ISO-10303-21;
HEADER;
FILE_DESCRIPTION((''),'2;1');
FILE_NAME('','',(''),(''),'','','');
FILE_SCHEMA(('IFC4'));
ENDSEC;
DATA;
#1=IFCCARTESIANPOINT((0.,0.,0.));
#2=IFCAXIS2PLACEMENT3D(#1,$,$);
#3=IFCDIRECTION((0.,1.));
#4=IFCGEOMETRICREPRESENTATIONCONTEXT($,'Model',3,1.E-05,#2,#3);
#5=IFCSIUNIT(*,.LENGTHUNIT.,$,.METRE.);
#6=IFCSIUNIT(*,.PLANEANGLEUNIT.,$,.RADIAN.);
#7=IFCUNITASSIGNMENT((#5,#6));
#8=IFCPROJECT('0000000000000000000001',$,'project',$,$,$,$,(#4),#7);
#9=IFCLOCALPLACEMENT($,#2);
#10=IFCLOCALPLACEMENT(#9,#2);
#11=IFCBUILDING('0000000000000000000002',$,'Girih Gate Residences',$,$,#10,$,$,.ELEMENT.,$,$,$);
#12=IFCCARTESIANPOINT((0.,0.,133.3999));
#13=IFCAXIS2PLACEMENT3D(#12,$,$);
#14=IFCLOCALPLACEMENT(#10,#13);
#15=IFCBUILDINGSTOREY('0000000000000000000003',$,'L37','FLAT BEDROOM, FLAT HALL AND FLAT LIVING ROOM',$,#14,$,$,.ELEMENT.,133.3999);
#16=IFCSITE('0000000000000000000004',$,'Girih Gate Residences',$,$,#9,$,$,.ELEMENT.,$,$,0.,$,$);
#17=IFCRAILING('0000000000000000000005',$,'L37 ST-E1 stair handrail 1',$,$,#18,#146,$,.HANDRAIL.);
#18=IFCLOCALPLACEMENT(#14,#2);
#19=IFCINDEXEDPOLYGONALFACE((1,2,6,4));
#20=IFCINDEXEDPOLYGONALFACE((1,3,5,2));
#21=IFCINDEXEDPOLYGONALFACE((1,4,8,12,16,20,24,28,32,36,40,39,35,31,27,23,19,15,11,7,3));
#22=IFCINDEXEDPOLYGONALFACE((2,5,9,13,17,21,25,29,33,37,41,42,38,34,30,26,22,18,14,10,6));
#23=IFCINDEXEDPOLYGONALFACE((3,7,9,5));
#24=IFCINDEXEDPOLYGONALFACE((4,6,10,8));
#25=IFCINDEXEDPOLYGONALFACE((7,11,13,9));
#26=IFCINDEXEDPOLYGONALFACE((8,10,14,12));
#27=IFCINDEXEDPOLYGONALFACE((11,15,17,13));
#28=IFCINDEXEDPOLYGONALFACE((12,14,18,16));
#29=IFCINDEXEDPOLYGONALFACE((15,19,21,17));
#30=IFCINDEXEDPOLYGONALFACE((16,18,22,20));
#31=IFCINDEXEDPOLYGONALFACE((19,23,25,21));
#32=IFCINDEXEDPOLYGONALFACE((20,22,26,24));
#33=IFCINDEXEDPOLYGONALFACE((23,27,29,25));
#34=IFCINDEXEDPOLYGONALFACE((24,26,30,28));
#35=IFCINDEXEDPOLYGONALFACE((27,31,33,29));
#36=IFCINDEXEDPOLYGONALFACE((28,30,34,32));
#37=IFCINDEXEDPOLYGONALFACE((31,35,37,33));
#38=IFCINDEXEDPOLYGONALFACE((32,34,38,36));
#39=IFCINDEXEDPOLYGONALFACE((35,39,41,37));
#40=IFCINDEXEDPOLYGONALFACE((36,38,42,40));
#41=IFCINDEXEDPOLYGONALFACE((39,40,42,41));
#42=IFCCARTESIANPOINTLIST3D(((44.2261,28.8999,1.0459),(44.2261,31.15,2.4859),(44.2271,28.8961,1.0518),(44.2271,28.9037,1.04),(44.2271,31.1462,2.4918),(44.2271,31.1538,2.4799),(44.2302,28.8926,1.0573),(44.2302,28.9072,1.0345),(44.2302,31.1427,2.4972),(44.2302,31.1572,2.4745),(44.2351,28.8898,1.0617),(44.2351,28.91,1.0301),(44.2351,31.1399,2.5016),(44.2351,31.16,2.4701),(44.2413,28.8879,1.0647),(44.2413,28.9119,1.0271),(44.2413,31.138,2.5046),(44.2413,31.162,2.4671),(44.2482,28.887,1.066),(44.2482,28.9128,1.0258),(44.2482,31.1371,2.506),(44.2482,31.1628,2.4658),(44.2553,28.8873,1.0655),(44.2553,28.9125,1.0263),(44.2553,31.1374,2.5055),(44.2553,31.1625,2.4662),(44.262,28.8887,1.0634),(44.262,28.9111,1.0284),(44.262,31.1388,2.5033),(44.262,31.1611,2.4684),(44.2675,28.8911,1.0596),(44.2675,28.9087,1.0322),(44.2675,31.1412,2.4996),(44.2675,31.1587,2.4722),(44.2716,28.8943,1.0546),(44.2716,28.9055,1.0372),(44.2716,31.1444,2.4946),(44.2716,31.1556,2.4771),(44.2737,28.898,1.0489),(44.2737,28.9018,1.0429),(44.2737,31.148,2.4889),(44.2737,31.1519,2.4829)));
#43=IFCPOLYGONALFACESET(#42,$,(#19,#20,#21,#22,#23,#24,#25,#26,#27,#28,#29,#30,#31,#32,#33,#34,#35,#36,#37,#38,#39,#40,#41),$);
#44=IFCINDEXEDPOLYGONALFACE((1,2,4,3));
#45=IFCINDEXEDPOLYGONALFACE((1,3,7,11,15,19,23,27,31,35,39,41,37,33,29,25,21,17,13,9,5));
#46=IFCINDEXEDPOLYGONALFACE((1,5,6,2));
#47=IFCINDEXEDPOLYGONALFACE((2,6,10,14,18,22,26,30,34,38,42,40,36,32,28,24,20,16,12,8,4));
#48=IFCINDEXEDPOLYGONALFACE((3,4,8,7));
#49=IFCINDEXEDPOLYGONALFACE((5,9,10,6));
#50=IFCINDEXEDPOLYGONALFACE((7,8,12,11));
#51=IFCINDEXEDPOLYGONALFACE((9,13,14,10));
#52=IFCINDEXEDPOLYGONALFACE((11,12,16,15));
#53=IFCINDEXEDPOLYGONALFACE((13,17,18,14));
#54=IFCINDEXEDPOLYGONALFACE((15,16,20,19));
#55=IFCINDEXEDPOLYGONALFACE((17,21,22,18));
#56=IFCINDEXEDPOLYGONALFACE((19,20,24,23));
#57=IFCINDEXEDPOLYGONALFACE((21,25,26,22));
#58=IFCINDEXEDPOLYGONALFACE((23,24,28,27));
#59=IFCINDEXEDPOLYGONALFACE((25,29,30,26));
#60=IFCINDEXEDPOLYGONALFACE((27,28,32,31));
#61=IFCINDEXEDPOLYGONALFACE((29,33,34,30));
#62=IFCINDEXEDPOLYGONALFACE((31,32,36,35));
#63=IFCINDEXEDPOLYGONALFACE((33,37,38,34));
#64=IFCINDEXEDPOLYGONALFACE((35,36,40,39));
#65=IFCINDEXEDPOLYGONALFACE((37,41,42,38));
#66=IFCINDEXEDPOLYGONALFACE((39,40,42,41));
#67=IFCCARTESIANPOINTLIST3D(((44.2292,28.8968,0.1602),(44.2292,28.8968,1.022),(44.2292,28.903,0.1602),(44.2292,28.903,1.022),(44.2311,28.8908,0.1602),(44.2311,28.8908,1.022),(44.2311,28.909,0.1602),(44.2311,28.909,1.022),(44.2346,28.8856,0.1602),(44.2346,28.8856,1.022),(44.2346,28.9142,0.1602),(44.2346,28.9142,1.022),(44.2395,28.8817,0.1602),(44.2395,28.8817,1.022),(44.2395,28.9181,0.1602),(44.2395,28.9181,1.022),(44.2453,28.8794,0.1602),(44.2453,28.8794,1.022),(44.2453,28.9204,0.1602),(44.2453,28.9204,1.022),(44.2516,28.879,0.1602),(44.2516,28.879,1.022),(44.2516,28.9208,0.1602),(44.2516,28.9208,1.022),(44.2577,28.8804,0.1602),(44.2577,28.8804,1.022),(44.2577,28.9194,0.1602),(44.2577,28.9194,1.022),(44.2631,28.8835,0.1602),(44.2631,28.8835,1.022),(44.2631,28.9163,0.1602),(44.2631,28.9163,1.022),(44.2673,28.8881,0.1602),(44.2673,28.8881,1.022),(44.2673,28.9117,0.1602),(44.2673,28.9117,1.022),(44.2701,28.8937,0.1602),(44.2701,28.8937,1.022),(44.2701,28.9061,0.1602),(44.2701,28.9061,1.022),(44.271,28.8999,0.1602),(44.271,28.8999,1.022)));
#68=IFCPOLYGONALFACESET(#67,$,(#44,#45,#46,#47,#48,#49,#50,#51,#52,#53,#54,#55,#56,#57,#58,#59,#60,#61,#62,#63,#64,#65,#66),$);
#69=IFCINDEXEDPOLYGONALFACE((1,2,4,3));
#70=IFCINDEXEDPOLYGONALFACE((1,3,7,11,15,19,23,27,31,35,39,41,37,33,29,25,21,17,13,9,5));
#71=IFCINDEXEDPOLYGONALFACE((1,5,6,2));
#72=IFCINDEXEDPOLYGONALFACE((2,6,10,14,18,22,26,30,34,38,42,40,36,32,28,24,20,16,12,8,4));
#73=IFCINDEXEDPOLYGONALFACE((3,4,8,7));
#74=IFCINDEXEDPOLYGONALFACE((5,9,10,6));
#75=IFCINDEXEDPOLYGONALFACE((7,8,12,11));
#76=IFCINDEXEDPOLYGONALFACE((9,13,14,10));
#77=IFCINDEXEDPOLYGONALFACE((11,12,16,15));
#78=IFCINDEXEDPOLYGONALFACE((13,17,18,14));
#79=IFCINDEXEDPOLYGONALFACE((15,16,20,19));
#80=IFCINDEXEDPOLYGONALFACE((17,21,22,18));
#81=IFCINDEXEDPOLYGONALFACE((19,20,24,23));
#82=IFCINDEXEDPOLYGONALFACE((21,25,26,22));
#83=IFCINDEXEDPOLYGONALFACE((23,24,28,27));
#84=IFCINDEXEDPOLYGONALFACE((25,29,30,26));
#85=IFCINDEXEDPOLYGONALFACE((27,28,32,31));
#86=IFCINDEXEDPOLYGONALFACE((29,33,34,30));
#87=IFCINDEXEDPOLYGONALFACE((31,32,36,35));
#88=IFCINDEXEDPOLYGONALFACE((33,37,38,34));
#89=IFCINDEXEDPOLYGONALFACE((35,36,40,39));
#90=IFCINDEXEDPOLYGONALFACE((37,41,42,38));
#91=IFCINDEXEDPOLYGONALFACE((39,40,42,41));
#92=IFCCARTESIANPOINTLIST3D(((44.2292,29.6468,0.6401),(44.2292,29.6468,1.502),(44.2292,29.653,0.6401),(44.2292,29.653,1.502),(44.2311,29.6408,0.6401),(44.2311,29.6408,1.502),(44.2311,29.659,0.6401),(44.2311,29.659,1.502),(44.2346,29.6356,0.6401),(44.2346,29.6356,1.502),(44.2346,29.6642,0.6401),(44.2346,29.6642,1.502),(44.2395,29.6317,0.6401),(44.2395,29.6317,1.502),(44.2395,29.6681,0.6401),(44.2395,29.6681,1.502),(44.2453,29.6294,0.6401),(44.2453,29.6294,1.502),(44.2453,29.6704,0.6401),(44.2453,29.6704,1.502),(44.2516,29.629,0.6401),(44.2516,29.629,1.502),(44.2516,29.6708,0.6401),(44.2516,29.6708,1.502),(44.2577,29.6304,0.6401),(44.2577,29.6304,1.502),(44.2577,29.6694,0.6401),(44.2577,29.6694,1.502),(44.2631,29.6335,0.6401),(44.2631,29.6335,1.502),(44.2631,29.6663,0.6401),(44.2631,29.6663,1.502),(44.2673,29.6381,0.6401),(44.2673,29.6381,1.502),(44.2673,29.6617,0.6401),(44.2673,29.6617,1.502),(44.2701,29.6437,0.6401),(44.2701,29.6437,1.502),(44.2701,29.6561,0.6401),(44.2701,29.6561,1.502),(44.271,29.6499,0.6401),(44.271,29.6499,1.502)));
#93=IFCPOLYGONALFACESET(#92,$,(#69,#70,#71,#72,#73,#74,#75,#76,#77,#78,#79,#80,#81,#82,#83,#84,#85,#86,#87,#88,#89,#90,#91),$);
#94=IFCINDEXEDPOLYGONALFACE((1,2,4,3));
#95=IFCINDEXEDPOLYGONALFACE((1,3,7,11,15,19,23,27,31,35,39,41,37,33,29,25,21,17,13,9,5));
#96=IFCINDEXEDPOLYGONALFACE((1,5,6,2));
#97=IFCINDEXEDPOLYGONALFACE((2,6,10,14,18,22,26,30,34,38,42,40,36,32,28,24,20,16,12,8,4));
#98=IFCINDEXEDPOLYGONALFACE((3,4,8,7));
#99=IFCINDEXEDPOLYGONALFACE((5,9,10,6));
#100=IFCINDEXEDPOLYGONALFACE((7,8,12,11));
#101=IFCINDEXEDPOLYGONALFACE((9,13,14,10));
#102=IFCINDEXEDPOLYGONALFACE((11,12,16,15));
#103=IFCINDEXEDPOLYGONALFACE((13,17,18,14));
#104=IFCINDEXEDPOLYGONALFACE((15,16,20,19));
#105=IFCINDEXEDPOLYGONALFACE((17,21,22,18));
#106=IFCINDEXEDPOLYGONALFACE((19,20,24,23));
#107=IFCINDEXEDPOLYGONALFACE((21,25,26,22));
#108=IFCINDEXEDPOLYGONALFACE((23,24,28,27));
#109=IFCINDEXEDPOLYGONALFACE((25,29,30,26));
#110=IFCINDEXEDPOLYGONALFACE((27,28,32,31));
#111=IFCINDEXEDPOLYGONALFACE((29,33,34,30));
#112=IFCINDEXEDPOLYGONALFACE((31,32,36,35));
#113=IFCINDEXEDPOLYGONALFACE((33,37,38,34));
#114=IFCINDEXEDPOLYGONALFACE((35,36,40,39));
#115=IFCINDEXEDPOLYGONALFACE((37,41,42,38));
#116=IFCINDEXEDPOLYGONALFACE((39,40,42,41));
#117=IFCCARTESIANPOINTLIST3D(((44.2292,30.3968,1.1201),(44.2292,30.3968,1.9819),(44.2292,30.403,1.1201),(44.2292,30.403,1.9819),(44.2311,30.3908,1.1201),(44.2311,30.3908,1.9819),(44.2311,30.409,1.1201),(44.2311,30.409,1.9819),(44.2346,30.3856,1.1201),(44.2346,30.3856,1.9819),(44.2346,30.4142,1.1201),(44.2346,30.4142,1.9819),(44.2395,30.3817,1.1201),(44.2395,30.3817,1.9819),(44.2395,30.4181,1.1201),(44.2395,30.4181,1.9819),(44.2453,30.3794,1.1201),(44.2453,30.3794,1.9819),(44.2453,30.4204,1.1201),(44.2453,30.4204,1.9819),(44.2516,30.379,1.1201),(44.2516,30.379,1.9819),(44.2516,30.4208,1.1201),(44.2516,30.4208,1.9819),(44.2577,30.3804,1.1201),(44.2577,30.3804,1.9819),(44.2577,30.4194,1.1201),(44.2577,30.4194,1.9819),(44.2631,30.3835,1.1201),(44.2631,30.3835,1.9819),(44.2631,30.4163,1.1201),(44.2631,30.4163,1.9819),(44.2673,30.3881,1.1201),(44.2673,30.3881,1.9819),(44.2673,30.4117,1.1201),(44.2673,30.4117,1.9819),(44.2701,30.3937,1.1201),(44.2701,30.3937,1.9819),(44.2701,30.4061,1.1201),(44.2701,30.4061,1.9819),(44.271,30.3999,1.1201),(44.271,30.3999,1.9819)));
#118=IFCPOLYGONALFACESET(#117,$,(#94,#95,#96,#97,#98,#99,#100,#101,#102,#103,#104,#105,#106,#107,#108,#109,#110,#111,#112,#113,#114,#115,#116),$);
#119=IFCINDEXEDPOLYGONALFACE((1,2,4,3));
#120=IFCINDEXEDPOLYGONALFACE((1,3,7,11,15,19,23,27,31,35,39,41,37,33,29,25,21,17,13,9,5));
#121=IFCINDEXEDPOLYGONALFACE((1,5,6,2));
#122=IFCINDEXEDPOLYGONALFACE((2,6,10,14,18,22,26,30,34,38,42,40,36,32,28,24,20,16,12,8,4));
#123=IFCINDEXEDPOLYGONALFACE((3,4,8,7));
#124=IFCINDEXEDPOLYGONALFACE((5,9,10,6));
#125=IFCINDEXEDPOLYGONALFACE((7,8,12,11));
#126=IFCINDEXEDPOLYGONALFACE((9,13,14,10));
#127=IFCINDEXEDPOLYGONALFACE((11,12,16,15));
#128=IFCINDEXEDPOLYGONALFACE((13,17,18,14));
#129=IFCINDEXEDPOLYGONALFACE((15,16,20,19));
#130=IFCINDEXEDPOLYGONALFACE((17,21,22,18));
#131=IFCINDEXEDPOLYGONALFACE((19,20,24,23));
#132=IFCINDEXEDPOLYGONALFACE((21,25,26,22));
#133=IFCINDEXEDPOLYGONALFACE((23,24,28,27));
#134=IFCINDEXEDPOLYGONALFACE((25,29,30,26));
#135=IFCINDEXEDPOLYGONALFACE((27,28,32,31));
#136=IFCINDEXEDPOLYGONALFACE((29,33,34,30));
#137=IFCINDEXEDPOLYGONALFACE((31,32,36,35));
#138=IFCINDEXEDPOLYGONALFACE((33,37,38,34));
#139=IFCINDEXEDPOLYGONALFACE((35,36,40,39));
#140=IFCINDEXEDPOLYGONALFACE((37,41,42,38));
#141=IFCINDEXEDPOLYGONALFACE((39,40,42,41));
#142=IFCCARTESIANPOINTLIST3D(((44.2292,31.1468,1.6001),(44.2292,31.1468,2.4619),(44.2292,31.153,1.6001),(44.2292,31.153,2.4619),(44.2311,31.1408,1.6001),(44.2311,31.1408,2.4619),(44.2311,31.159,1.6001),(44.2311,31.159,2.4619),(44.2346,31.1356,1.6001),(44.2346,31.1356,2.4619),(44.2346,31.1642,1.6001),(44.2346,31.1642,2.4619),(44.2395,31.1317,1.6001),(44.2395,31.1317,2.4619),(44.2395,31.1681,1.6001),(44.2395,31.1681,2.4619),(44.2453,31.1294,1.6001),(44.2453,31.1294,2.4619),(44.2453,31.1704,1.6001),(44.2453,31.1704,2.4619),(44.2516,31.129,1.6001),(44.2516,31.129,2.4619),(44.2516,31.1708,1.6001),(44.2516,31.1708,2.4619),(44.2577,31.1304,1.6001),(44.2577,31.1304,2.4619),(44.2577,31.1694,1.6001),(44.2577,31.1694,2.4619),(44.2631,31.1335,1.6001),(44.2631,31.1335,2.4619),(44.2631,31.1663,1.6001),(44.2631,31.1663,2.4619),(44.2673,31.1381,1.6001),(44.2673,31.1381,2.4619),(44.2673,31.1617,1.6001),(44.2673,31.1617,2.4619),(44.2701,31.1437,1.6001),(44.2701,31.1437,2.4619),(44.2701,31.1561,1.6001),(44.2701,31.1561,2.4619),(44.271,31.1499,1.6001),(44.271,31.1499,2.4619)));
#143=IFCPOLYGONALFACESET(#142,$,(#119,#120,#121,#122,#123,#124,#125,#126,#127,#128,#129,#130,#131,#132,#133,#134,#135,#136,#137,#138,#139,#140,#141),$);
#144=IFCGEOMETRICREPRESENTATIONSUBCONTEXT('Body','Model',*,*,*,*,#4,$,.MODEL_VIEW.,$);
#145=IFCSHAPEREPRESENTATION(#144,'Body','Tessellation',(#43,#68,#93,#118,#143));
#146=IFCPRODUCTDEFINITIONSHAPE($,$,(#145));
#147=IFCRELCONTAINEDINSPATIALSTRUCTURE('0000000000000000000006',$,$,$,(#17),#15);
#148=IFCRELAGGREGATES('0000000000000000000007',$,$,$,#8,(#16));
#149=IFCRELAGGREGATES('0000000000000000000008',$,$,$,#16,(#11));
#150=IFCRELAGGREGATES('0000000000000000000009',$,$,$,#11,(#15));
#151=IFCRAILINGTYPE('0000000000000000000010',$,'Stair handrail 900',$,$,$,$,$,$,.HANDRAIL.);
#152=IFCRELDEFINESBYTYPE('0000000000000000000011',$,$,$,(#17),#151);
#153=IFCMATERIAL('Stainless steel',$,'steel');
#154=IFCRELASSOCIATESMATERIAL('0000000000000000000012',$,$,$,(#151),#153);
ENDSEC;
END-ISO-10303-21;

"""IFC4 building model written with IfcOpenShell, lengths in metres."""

from ifc_helpers import new_model, si_unit, direction, frame, origin, origin_2d, place, context, subcontext, project, spatial, circle, extrude, material, type_object, element, save


model = new_model("IFC4")

# Units and contexts
model_context = context("Model", 3, precision=1e-05, world=origin(), true_north=direction((0.0, 1.0)))
body_context = subcontext(model_context, "Body", "Model", "MODEL_VIEW")
ifc_project = project(units=[si_unit("LENGTHUNIT", "METRE"), si_unit("PLANEANGLEUNIT", "RADIAN")], contexts=[model_context])

# Site, building, storey
site_placement = place(None, origin())
site = spatial("IfcSite", under=ifc_project, at=site_placement, Name="Girih Gate Residences", CompositionType="ELEMENT", RefElevation=0.0)
building_placement = place(site_placement, origin())
building = spatial("IfcBuilding", under=site, at=building_placement, Name="Girih Gate Residences", CompositionType="ELEMENT")
storey_placement = place(building_placement, frame((0.0, 0.0, 133.3999)))
storey = spatial("IfcBuildingStorey", under=building, at=storey_placement, Name="L37", Description="FLAT BEDROOM, FLAT HALL AND FLAT LIVING ROOM", CompositionType="ELEMENT", Elevation=133.3999)

# Railing
ifc_material_1 = material(Name="Stainless steel", Category="steel")
railing_type_1 = type_object("IfcRailingType", Name="Stair handrail 900", PredefinedType="HANDRAIL", material=ifc_material_1)
railing_1_placement = place(storey_placement, frame((44.25, 28.8999, 0.1602)))
element("IfcRailing", 1, at=railing_1_placement, inside=storey, type_object=railing_type_1, Name="L37 ST-E1 stair handrail 1", PredefinedType="HANDRAIL", context=body_context, shape_type="SweptSolid", body=[
    extrude(circle(Radius=0.0239, at=origin_2d()), frame((0.0, 0.0, 0.8857), z_axis=(0.0, 0.842281, 0.539038), x_axis=(-1.0, 0.0, 0.0)), (0.0, 0.0, 1.0), 2.6714),
    extrude(circle(Radius=0.021, at=origin_2d()), origin(), (0.0, 0.0, 1.0), 0.8618),
    extrude(circle(Radius=0.021, at=origin_2d()), frame((0.0, 0.75, 0.48)), (0.0, 0.0, 1.0), 0.8618),
    extrude(circle(Radius=0.021, at=origin_2d()), frame((0.0, 1.5, 0.96)), (0.0, 0.0, 1.0), 0.8618),
    extrude(circle(Radius=0.021, at=origin_2d()), frame((0.0, 2.25, 1.4399)), (0.0, 0.0, 1.0), 0.8618),
])

save(model, "model.ifc")
